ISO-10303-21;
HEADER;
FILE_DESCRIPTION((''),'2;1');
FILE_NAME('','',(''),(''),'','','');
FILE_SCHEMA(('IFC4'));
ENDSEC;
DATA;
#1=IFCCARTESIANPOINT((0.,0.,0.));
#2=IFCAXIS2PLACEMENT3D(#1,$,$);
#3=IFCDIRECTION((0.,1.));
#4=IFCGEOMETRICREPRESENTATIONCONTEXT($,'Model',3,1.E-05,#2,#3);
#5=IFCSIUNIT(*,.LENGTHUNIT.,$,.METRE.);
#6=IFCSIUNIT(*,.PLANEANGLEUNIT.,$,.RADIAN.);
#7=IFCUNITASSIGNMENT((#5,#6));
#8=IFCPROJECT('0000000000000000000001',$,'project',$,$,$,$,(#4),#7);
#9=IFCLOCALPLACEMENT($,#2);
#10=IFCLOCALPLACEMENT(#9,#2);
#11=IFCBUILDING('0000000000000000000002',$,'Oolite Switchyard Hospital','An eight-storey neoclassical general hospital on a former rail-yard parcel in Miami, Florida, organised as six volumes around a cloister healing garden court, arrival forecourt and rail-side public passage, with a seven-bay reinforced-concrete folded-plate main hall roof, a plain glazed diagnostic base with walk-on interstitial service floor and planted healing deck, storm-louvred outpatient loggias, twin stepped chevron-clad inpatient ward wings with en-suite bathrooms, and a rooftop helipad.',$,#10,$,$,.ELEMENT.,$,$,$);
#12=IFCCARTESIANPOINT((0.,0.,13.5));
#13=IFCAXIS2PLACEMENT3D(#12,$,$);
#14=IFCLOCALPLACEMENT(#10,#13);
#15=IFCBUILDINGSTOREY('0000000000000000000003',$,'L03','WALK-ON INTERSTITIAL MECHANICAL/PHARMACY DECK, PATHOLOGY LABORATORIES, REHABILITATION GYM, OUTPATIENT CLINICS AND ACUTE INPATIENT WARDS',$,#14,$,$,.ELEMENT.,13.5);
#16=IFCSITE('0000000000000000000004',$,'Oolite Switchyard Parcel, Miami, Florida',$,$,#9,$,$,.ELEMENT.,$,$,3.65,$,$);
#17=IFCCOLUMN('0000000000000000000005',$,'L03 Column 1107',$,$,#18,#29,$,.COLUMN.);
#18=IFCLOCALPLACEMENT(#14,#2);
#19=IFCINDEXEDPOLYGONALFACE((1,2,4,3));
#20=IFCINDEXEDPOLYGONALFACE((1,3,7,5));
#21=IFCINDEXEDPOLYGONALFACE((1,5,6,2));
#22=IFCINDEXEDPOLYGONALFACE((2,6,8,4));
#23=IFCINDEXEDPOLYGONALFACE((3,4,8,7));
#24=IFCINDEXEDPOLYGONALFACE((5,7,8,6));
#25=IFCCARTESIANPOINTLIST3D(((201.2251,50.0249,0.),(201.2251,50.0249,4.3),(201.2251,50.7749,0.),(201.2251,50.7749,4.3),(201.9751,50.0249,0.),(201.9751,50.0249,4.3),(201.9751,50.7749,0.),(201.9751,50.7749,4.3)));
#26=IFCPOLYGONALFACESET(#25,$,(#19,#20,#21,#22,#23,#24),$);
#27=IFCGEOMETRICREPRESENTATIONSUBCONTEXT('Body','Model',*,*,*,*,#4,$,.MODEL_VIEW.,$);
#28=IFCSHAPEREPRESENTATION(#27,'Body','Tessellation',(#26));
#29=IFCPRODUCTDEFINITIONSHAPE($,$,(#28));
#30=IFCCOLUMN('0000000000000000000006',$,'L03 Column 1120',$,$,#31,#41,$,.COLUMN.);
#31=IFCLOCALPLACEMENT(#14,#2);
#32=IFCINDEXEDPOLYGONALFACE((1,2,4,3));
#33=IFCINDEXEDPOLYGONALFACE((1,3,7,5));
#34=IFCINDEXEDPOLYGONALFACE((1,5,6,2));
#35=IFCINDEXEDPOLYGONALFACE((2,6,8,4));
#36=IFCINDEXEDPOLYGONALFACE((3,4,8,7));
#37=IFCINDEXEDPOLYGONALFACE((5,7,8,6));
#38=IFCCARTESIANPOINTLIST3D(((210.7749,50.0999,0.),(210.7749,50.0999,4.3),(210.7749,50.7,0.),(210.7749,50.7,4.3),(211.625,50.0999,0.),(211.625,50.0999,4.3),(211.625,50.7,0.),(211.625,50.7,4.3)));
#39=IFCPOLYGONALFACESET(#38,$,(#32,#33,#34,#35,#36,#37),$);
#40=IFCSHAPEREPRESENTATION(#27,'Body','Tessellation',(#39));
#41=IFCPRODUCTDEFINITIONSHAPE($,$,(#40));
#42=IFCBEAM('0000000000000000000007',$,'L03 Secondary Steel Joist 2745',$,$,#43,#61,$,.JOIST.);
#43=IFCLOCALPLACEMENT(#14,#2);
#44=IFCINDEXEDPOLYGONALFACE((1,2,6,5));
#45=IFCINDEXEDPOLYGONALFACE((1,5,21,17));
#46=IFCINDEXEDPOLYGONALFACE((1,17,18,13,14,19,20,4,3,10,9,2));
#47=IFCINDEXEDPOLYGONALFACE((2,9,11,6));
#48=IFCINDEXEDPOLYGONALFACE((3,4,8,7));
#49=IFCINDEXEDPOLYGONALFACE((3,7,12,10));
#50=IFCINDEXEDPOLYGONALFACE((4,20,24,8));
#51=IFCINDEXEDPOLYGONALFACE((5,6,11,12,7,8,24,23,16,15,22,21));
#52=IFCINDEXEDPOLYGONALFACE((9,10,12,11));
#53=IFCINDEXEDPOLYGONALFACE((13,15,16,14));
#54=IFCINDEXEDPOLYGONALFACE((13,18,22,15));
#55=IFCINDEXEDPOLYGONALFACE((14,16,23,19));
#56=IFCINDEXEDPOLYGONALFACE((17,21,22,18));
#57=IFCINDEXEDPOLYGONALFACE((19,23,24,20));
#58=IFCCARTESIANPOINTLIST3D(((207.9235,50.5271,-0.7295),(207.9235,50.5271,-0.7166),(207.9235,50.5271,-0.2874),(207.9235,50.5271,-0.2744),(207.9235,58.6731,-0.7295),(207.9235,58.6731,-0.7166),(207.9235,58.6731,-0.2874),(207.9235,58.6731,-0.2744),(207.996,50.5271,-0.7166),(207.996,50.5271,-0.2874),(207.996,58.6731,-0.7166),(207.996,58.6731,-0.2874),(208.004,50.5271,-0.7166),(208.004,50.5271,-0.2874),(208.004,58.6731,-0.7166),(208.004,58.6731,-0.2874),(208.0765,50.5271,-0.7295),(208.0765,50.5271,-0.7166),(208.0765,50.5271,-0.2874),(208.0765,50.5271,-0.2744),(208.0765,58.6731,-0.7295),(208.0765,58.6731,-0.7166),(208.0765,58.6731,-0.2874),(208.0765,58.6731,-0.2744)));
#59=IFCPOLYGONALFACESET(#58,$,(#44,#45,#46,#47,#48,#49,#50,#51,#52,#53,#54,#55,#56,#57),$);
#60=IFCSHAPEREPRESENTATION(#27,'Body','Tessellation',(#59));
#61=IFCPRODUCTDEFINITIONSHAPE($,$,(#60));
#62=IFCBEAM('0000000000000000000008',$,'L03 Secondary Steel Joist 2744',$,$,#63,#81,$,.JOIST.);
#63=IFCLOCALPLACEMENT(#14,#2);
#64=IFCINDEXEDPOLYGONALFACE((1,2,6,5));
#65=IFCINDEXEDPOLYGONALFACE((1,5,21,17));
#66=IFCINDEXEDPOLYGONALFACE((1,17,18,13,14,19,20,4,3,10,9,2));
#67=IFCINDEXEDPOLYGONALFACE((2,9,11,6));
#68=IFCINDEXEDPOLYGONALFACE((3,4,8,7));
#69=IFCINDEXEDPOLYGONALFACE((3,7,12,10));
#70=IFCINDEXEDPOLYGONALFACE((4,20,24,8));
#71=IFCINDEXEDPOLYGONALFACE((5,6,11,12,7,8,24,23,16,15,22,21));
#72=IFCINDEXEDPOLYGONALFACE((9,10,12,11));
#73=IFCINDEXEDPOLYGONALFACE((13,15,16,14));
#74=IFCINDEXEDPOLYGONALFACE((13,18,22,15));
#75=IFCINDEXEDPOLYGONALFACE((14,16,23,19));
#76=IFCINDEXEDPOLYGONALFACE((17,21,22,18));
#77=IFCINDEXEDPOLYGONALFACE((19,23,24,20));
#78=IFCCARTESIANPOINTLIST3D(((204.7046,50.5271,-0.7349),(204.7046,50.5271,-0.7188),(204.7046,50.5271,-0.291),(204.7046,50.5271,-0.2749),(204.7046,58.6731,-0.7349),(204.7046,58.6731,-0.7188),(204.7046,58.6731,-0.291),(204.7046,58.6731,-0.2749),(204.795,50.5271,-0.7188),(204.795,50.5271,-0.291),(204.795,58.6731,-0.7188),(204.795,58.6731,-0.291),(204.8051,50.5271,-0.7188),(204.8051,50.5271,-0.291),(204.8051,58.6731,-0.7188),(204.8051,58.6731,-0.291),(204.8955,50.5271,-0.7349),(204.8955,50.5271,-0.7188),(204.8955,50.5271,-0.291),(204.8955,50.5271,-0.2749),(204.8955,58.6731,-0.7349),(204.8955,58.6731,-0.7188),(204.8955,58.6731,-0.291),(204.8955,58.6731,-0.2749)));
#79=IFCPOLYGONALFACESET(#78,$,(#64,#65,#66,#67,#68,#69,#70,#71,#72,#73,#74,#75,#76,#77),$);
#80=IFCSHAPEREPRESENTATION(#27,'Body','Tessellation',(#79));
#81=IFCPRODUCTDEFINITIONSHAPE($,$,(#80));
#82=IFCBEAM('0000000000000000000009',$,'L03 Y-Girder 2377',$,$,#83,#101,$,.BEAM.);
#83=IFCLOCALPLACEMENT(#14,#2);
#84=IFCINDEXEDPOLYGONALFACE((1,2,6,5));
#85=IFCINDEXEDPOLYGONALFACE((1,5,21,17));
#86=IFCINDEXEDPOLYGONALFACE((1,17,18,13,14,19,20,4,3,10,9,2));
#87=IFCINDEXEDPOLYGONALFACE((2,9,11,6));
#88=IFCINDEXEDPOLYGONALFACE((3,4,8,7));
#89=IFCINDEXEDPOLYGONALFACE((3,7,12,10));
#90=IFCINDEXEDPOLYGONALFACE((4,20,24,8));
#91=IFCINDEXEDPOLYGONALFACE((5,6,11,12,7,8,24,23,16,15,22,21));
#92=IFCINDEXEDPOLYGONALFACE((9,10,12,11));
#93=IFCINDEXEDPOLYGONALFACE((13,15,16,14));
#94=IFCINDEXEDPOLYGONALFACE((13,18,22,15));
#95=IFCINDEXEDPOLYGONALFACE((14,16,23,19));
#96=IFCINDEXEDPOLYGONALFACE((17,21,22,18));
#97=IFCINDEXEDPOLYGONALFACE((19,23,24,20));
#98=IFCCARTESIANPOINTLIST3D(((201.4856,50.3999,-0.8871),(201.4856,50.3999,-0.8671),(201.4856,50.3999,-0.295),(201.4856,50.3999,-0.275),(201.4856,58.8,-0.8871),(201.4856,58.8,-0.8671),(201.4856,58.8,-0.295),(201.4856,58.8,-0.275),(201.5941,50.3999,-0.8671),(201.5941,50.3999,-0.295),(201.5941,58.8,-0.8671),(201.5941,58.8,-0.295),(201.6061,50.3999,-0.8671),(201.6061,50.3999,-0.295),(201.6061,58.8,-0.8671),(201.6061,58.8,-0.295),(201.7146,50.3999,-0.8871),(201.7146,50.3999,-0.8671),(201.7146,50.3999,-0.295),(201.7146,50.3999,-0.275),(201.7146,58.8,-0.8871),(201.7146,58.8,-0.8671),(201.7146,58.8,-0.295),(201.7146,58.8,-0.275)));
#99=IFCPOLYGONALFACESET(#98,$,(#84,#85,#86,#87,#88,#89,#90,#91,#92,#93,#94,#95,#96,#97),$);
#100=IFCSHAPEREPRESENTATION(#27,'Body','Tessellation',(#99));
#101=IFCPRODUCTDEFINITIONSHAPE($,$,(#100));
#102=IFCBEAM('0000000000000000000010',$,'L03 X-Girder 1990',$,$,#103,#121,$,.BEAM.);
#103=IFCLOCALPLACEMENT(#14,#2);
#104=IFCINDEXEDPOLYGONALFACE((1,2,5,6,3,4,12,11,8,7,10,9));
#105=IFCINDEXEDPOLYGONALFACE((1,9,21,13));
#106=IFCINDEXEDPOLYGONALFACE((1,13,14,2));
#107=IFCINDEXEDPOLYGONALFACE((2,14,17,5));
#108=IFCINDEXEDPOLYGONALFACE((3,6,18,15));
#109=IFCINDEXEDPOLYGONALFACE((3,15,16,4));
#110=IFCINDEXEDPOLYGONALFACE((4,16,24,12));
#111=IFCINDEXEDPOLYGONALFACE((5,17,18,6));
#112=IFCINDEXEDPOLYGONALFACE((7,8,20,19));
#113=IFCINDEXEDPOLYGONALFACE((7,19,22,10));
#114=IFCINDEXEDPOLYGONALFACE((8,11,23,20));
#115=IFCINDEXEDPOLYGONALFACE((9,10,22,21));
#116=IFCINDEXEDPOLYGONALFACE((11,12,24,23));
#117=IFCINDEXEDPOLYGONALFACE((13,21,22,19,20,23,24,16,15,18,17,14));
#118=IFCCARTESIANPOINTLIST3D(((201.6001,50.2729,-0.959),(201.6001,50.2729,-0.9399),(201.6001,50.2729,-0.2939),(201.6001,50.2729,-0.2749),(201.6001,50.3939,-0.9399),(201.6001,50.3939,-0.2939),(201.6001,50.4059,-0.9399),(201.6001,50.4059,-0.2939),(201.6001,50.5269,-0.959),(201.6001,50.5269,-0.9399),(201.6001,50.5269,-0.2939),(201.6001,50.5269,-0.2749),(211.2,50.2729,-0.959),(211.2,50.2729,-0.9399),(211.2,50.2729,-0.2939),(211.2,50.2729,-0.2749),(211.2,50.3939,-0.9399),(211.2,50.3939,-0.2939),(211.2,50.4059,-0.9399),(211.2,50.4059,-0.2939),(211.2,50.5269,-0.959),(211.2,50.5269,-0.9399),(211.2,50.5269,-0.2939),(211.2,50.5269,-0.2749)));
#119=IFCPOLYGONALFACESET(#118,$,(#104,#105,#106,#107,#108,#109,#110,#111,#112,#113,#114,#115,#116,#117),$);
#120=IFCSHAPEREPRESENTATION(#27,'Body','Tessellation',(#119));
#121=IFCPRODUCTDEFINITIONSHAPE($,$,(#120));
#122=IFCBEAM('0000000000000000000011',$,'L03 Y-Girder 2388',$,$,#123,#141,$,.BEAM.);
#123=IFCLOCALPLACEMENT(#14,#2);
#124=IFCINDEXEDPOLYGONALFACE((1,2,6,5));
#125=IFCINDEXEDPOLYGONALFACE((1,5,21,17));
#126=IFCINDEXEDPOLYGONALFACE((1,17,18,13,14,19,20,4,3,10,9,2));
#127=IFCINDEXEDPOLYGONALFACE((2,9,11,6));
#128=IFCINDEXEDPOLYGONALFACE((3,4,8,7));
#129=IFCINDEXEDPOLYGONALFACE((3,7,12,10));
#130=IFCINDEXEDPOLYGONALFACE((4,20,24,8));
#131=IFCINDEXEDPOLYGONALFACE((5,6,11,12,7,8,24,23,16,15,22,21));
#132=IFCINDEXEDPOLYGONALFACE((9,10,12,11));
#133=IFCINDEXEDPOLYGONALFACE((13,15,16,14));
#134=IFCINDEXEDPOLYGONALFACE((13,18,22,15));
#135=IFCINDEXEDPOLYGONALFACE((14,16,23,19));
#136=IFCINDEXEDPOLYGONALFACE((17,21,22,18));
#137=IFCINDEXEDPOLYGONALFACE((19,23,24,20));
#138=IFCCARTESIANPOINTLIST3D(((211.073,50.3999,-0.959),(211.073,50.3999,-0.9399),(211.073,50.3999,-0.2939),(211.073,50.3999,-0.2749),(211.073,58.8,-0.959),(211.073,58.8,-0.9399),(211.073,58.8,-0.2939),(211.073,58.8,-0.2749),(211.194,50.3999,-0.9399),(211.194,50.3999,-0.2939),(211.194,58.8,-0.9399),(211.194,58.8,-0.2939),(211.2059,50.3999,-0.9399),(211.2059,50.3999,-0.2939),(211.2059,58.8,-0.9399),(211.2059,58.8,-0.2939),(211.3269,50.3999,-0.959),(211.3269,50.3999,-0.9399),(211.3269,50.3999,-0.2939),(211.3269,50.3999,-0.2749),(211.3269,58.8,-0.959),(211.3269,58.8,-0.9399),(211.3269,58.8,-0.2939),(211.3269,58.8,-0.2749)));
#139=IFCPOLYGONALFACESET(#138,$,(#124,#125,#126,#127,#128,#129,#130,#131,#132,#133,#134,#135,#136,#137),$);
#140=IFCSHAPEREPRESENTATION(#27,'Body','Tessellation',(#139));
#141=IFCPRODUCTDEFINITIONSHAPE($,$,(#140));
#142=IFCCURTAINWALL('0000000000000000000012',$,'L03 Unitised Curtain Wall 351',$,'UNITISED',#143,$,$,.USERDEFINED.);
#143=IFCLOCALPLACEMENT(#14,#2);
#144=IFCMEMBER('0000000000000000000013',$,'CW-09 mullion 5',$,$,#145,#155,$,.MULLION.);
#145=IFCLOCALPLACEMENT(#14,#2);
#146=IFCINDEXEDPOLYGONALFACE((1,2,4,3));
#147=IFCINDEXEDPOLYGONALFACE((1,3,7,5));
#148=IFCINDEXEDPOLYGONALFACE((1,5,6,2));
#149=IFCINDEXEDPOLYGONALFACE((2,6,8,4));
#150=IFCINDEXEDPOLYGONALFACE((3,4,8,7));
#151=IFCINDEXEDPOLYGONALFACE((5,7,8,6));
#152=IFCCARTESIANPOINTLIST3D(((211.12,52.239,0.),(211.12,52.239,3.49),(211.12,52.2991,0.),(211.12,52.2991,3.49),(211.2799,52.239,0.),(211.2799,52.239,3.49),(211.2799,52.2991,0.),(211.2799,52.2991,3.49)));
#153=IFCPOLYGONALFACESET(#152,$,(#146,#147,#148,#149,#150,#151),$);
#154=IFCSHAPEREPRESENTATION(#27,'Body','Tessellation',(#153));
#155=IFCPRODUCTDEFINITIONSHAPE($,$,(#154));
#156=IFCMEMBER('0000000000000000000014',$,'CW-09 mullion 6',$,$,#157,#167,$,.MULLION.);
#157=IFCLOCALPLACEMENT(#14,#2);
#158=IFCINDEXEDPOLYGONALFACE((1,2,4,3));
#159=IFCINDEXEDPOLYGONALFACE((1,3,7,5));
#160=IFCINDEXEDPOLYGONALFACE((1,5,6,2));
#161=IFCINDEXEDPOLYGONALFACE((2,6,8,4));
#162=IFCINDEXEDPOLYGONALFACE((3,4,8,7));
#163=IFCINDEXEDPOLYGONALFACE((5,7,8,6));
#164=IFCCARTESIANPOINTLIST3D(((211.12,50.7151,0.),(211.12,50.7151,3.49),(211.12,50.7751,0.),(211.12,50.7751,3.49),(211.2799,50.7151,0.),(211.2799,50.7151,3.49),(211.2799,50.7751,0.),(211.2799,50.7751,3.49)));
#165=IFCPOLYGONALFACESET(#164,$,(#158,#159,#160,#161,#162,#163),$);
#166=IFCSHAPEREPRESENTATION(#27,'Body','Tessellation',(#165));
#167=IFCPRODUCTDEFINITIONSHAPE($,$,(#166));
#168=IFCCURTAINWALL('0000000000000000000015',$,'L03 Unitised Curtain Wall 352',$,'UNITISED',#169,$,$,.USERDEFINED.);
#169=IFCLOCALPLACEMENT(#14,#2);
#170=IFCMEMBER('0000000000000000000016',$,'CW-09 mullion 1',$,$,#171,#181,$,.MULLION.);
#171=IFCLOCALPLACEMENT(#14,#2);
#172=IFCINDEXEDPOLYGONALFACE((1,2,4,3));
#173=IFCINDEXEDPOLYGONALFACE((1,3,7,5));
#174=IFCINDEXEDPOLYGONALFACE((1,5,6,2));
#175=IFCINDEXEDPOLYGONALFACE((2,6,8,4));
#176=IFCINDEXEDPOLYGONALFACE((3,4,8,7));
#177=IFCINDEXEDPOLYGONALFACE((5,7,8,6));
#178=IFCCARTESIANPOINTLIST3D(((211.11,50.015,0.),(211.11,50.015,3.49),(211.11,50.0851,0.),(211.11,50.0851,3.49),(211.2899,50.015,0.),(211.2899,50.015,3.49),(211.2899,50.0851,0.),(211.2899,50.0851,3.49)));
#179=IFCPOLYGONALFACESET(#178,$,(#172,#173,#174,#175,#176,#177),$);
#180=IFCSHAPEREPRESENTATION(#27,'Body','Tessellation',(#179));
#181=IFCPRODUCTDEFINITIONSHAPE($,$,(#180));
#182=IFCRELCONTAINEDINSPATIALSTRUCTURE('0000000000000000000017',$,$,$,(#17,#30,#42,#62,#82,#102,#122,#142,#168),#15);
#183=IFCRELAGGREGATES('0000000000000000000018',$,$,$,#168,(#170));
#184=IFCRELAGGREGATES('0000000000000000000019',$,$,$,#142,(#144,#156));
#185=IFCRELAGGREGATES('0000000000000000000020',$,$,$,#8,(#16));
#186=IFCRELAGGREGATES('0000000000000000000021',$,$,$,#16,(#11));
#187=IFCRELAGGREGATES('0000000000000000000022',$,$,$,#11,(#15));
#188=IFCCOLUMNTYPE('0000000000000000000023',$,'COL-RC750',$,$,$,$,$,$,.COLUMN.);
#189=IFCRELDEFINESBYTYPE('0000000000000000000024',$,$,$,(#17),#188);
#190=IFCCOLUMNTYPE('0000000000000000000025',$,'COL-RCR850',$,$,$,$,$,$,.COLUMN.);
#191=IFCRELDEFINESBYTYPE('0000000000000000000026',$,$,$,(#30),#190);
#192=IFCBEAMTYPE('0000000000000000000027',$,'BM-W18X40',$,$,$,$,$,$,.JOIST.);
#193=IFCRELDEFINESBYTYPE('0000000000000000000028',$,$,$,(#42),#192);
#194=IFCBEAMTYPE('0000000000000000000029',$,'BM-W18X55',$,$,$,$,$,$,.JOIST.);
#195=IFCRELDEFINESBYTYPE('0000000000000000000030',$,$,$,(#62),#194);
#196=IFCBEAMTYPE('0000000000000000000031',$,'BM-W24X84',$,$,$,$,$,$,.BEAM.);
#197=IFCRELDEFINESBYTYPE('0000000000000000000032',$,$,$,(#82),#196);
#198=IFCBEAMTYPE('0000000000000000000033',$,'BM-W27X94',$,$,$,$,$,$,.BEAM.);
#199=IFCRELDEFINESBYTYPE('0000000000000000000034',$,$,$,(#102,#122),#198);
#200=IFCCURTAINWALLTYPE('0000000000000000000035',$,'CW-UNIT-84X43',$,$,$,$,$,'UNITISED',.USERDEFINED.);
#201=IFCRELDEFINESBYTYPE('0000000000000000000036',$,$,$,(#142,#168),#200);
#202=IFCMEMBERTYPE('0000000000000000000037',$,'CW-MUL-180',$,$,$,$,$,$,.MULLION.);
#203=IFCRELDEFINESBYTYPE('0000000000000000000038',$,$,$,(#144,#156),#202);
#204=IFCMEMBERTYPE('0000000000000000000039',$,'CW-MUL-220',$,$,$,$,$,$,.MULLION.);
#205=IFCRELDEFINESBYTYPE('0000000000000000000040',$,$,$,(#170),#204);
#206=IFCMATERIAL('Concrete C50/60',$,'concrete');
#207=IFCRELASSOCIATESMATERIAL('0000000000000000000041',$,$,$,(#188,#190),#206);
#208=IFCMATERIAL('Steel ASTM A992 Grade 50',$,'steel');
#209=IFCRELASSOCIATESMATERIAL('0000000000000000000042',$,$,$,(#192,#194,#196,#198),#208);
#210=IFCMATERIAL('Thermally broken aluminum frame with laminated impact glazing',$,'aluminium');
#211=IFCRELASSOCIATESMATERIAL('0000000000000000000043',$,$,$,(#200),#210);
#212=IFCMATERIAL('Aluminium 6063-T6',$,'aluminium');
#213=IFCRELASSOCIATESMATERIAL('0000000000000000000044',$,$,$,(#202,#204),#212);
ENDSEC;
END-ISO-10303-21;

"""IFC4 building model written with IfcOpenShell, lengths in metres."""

from ifc_helpers import new_model, si_unit, direction, frame, origin, origin_2d, place, context, subcontext, project, spatial, rectangle, i_section, extrude, material, material_profile, profile_set, type_object, element, aggregate, save


model = new_model("IFC4")

# Units and contexts
model_context = context("Model", 3, precision=1e-05, world=origin(), true_north=direction((0.0, 1.0)))
body_context = subcontext(model_context, "Body", "Model", "MODEL_VIEW")
ifc_project = project(units=[si_unit("LENGTHUNIT", "METRE"), si_unit("PLANEANGLEUNIT", "RADIAN")], contexts=[model_context])

# Site, building, storey
site_placement = place(None, origin())
site = spatial("IfcSite", under=ifc_project, at=site_placement, Name="Oolite Switchyard Parcel, Miami, Florida", CompositionType="ELEMENT", RefElevation=3.65)
building_placement = place(site_placement, origin())
building = spatial("IfcBuilding", under=site, at=building_placement, Name="Oolite Switchyard Hospital", Description="An eight-storey neoclassical general hospital on a former rail-yard parcel in Miami, Florida, organised as six volumes around a cloister healing garden court, arrival forecourt and rail-side public passage, with a seven-bay reinforced-concrete folded-plate main hall roof, a plain glazed diagnostic base with walk-on interstitial service floor and planted healing deck, storm-louvred outpatient loggias, twin stepped chevron-clad inpatient ward wings with en-suite bathrooms, and a rooftop helipad.", CompositionType="ELEMENT")
storey_placement = place(building_placement, frame((0.0, 0.0, 13.5)))
storey = spatial("IfcBuildingStorey", under=building, at=storey_placement, Name="L03", Description="WALK-ON INTERSTITIAL MECHANICAL/PHARMACY DECK, PATHOLOGY LABORATORIES, REHABILITATION GYM, OUTPATIENT CLINICS AND ACUTE INPATIENT WARDS", CompositionType="ELEMENT", Elevation=13.5)

# Columns
ifc_material_1 = material(Name="Concrete C50/60", Category="concrete")
ifc_material_profile_1 = material_profile(ifc_material_1, rectangle(XDim=0.75, YDim=0.75, at=origin_2d()), Name="RC750X750")
ifc_profile_set_1 = profile_set([ifc_material_profile_1], Name="Concrete C50/60")
column_type_1 = type_object("IfcColumnType", Name="COL-RC750", PredefinedType="COLUMN", material=ifc_profile_set_1)
column_1_placement = place(storey_placement, frame((201.6001, 50.3999, 0.0), z_axis=(0.0, 0.0, 1.0), x_axis=(1.0, 0.0, 0.0)))
element("IfcColumn", 1, at=column_1_placement, inside=storey, type_object=column_type_1, Name="L03 Column 1107", PredefinedType="COLUMN", context=body_context, shape_type="SweptSolid", body=[
    extrude(rectangle(XDim=0.75, YDim=0.75, at=origin_2d()), origin(), (0.0, 0.0, 1.0), 4.3),
])
ifc_material_profile_2 = material_profile(ifc_material_1, rectangle(XDim=0.8501, YDim=0.6001, at=origin_2d()), Name="RC850X600")
ifc_profile_set_2 = profile_set([ifc_material_profile_2], Name="Concrete C50/60")
column_type_2 = type_object("IfcColumnType", Name="COL-RCR850", PredefinedType="COLUMN", material=ifc_profile_set_2)
column_2_placement = place(storey_placement, frame((211.2, 50.3999, 0.0), z_axis=(0.0, 0.0, 1.0), x_axis=(1.0, 0.0, 0.0)))
element("IfcColumn", 2, at=column_2_placement, inside=storey, type_object=column_type_2, Name="L03 Column 1120", PredefinedType="COLUMN", context=body_context, shape_type="SweptSolid", body=[
    extrude(rectangle(XDim=0.8501, YDim=0.6001, at=origin_2d()), origin(), (0.0, 0.0, 1.0), 4.3),
])

# Beams
ifc_material_2 = material(Name="Steel ASTM A992 Grade 50", Category="steel")
ifc_material_profile_3 = material_profile(ifc_material_2, i_section(OverallWidth=0.1531, OverallDepth=0.4551, WebThickness=0.0081, FlangeThickness=0.0129, at=origin_2d()), Name="W18X40")
ifc_profile_set_3 = profile_set([ifc_material_profile_3], Name="Steel ASTM A992 Grade 50")
beam_type_1 = type_object("IfcBeamType", Name="BM-W18X40", PredefinedType="JOIST", material=ifc_profile_set_3)
beam_1_placement = place(storey_placement, frame((208.0, 50.5271, -0.502), z_axis=(0.0, 1.0, 0.0), x_axis=(-1.0, 0.0, 0.0)))
element("IfcBeam", 3, at=beam_1_placement, inside=storey, type_object=beam_type_1, Name="L03 Secondary Steel Joist 2745", PredefinedType="JOIST", context=body_context, shape_type="SweptSolid", body=[
    extrude(i_section(OverallWidth=0.1531, OverallDepth=0.4551, WebThickness=0.0081, FlangeThickness=0.0129, at=origin_2d()), origin(), (0.0, 0.0, 1.0), 8.146),
])
ifc_material_profile_4 = material_profile(ifc_material_2, i_section(OverallWidth=0.1909, OverallDepth=0.46, WebThickness=0.01, FlangeThickness=0.0161, at=origin_2d()), Name="W18X55")
ifc_profile_set_4 = profile_set([ifc_material_profile_4], Name="Steel ASTM A992 Grade 50")
beam_type_2 = type_object("IfcBeamType", Name="BM-W18X55", PredefinedType="JOIST", material=ifc_profile_set_4)
beam_2_placement = place(storey_placement, frame((204.8, 50.5271, -0.5049), z_axis=(0.0, 1.0, 0.0), x_axis=(-1.0, 0.0, 0.0)))
element("IfcBeam", 4, at=beam_2_placement, inside=storey, type_object=beam_type_2, Name="L03 Secondary Steel Joist 2744", PredefinedType="JOIST", context=body_context, shape_type="SweptSolid", body=[
    extrude(i_section(OverallWidth=0.1909, OverallDepth=0.46, WebThickness=0.01, FlangeThickness=0.0161, at=origin_2d()), origin(), (0.0, 0.0, 1.0), 8.146),
])
ifc_material_profile_5 = material_profile(ifc_material_2, i_section(OverallWidth=0.229, OverallDepth=0.6121, WebThickness=0.012, FlangeThickness=0.02, at=origin_2d()), Name="W24X84")
ifc_profile_set_5 = profile_set([ifc_material_profile_5], Name="Steel ASTM A992 Grade 50")
beam_type_3 = type_object("IfcBeamType", Name="BM-W24X84", PredefinedType="BEAM", material=ifc_profile_set_5)
beam_3_placement = place(storey_placement, frame((201.6001, 50.3999, -0.5811), z_axis=(0.0, 1.0, 0.0), x_axis=(-1.0, 0.0, 0.0)))
element("IfcBeam", 5, at=beam_3_placement, inside=storey, type_object=beam_type_3, Name="L03 Y-Girder 2377", PredefinedType="BEAM", context=body_context, shape_type="SweptSolid", body=[
    extrude(i_section(OverallWidth=0.229, OverallDepth=0.6121, WebThickness=0.012, FlangeThickness=0.02, at=origin_2d()), origin(), (0.0, 0.0, 1.0), 8.4001),
])
ifc_material_profile_6 = material_profile(ifc_material_2, i_section(OverallWidth=0.2539, OverallDepth=0.6841, WebThickness=0.012, FlangeThickness=0.019, at=origin_2d()), Name="W27X94")
ifc_profile_set_6 = profile_set([ifc_material_profile_6], Name="Steel ASTM A992 Grade 50")
beam_type_4 = type_object("IfcBeamType", Name="BM-W27X94", PredefinedType="BEAM", material=ifc_profile_set_6)
beam_4_placement = place(storey_placement, frame((201.6001, 50.3999, -0.6169), z_axis=(1.0, 0.0, 0.0), x_axis=(0.0, 1.0, 0.0)))
element("IfcBeam", 6, at=beam_4_placement, inside=storey, type_object=beam_type_4, Name="L03 X-Girder 1990", PredefinedType="BEAM", context=body_context, shape_type="SweptSolid", body=[
    extrude(i_section(OverallWidth=0.2539, OverallDepth=0.6841, WebThickness=0.012, FlangeThickness=0.019, at=origin_2d()), origin(), (0.0, 0.0, 1.0), 9.5999),
])
beam_5_placement = place(storey_placement, frame((211.2, 50.3999, -0.6169), z_axis=(0.0, 1.0, 0.0), x_axis=(-1.0, 0.0, 0.0)))
element("IfcBeam", 7, at=beam_5_placement, inside=storey, type_object=beam_type_4, Name="L03 Y-Girder 2388", PredefinedType="BEAM", context=body_context, shape_type="SweptSolid", body=[
    extrude(i_section(OverallWidth=0.2539, OverallDepth=0.6841, WebThickness=0.012, FlangeThickness=0.019, at=origin_2d()), origin(), (0.0, 0.0, 1.0), 8.4001),
])

# Curtain walls, members
ifc_material_3 = material(Name="Thermally broken aluminum frame with laminated impact glazing", Category="aluminium")
curtain_wall_type = type_object("IfcCurtainWallType", Name="CW-UNIT-84X43", ElementType="UNITISED", PredefinedType="USERDEFINED", material=ifc_material_3)
curtain_wall_1_placement = place(storey_placement, origin())
curtain_wall_1 = element("IfcCurtainWall", 8, at=curtain_wall_1_placement, inside=storey, type_object=curtain_wall_type, Name="L03 Unitised Curtain Wall 351", ObjectType="UNITISED", PredefinedType="USERDEFINED")
ifc_material_4 = material(Name="Aluminium 6063-T6", Category="aluminium")
ifc_material_profile_7 = material_profile(ifc_material_4, rectangle(XDim=0.1599, YDim=0.0601, at=origin_2d()), Name="CWM60X160")
ifc_profile_set_7 = profile_set([ifc_material_profile_7], Name="Aluminium 6063-T6")
member_type_1 = type_object("IfcMemberType", Name="CW-MUL-180", PredefinedType="MULLION", material=ifc_profile_set_7)
member_1_placement = place(storey_placement, frame((211.2, 52.269, 0.0), z_axis=(0.0, 0.0, 1.0), x_axis=(1.0, 0.0, 0.0)))
member_1 = element("IfcMember", 9, at=member_1_placement, type_object=member_type_1, Name="CW-09 mullion 5", PredefinedType="MULLION", context=body_context, shape_type="SweptSolid", body=[
    extrude(rectangle(XDim=0.1599, YDim=0.0601, at=origin_2d()), origin(), (0.0, 0.0, 1.0), 3.49),
])
member_2_placement = place(storey_placement, frame((211.2, 50.7451, 0.0), z_axis=(0.0, 0.0, 1.0), x_axis=(1.0, 0.0, 0.0)))
member_2 = element("IfcMember", 10, at=member_2_placement, type_object=member_type_1, Name="CW-09 mullion 6", PredefinedType="MULLION", context=body_context, shape_type="SweptSolid", body=[
    extrude(rectangle(XDim=0.1599, YDim=0.0601, at=origin_2d()), origin(), (0.0, 0.0, 1.0), 3.49),
])
curtain_wall_2_placement = place(storey_placement, origin())
curtain_wall_2 = element("IfcCurtainWall", 11, at=curtain_wall_2_placement, inside=storey, type_object=curtain_wall_type, Name="L03 Unitised Curtain Wall 352", ObjectType="UNITISED", PredefinedType="USERDEFINED")
ifc_material_profile_8 = material_profile(ifc_material_4, rectangle(XDim=0.1799, YDim=0.0701, at=origin_2d()), Name="CWM70X180")
ifc_profile_set_8 = profile_set([ifc_material_profile_8], Name="Aluminium 6063-T6")
member_type_2 = type_object("IfcMemberType", Name="CW-MUL-220", PredefinedType="MULLION", material=ifc_profile_set_8)
member_3_placement = place(storey_placement, frame((211.2, 50.05, 0.0), z_axis=(0.0, 0.0, 1.0), x_axis=(1.0, 0.0, 0.0)))
member_3 = element("IfcMember", 12, at=member_3_placement, type_object=member_type_2, Name="CW-09 mullion 1", PredefinedType="MULLION", context=body_context, shape_type="SweptSolid", body=[
    extrude(rectangle(XDim=0.1799, YDim=0.0701, at=origin_2d()), origin(), (0.0, 0.0, 1.0), 3.49),
])
aggregate(curtain_wall_2, [member_3])

aggregate(curtain_wall_1, [member_1, member_2])

save(model, "model.ifc")
